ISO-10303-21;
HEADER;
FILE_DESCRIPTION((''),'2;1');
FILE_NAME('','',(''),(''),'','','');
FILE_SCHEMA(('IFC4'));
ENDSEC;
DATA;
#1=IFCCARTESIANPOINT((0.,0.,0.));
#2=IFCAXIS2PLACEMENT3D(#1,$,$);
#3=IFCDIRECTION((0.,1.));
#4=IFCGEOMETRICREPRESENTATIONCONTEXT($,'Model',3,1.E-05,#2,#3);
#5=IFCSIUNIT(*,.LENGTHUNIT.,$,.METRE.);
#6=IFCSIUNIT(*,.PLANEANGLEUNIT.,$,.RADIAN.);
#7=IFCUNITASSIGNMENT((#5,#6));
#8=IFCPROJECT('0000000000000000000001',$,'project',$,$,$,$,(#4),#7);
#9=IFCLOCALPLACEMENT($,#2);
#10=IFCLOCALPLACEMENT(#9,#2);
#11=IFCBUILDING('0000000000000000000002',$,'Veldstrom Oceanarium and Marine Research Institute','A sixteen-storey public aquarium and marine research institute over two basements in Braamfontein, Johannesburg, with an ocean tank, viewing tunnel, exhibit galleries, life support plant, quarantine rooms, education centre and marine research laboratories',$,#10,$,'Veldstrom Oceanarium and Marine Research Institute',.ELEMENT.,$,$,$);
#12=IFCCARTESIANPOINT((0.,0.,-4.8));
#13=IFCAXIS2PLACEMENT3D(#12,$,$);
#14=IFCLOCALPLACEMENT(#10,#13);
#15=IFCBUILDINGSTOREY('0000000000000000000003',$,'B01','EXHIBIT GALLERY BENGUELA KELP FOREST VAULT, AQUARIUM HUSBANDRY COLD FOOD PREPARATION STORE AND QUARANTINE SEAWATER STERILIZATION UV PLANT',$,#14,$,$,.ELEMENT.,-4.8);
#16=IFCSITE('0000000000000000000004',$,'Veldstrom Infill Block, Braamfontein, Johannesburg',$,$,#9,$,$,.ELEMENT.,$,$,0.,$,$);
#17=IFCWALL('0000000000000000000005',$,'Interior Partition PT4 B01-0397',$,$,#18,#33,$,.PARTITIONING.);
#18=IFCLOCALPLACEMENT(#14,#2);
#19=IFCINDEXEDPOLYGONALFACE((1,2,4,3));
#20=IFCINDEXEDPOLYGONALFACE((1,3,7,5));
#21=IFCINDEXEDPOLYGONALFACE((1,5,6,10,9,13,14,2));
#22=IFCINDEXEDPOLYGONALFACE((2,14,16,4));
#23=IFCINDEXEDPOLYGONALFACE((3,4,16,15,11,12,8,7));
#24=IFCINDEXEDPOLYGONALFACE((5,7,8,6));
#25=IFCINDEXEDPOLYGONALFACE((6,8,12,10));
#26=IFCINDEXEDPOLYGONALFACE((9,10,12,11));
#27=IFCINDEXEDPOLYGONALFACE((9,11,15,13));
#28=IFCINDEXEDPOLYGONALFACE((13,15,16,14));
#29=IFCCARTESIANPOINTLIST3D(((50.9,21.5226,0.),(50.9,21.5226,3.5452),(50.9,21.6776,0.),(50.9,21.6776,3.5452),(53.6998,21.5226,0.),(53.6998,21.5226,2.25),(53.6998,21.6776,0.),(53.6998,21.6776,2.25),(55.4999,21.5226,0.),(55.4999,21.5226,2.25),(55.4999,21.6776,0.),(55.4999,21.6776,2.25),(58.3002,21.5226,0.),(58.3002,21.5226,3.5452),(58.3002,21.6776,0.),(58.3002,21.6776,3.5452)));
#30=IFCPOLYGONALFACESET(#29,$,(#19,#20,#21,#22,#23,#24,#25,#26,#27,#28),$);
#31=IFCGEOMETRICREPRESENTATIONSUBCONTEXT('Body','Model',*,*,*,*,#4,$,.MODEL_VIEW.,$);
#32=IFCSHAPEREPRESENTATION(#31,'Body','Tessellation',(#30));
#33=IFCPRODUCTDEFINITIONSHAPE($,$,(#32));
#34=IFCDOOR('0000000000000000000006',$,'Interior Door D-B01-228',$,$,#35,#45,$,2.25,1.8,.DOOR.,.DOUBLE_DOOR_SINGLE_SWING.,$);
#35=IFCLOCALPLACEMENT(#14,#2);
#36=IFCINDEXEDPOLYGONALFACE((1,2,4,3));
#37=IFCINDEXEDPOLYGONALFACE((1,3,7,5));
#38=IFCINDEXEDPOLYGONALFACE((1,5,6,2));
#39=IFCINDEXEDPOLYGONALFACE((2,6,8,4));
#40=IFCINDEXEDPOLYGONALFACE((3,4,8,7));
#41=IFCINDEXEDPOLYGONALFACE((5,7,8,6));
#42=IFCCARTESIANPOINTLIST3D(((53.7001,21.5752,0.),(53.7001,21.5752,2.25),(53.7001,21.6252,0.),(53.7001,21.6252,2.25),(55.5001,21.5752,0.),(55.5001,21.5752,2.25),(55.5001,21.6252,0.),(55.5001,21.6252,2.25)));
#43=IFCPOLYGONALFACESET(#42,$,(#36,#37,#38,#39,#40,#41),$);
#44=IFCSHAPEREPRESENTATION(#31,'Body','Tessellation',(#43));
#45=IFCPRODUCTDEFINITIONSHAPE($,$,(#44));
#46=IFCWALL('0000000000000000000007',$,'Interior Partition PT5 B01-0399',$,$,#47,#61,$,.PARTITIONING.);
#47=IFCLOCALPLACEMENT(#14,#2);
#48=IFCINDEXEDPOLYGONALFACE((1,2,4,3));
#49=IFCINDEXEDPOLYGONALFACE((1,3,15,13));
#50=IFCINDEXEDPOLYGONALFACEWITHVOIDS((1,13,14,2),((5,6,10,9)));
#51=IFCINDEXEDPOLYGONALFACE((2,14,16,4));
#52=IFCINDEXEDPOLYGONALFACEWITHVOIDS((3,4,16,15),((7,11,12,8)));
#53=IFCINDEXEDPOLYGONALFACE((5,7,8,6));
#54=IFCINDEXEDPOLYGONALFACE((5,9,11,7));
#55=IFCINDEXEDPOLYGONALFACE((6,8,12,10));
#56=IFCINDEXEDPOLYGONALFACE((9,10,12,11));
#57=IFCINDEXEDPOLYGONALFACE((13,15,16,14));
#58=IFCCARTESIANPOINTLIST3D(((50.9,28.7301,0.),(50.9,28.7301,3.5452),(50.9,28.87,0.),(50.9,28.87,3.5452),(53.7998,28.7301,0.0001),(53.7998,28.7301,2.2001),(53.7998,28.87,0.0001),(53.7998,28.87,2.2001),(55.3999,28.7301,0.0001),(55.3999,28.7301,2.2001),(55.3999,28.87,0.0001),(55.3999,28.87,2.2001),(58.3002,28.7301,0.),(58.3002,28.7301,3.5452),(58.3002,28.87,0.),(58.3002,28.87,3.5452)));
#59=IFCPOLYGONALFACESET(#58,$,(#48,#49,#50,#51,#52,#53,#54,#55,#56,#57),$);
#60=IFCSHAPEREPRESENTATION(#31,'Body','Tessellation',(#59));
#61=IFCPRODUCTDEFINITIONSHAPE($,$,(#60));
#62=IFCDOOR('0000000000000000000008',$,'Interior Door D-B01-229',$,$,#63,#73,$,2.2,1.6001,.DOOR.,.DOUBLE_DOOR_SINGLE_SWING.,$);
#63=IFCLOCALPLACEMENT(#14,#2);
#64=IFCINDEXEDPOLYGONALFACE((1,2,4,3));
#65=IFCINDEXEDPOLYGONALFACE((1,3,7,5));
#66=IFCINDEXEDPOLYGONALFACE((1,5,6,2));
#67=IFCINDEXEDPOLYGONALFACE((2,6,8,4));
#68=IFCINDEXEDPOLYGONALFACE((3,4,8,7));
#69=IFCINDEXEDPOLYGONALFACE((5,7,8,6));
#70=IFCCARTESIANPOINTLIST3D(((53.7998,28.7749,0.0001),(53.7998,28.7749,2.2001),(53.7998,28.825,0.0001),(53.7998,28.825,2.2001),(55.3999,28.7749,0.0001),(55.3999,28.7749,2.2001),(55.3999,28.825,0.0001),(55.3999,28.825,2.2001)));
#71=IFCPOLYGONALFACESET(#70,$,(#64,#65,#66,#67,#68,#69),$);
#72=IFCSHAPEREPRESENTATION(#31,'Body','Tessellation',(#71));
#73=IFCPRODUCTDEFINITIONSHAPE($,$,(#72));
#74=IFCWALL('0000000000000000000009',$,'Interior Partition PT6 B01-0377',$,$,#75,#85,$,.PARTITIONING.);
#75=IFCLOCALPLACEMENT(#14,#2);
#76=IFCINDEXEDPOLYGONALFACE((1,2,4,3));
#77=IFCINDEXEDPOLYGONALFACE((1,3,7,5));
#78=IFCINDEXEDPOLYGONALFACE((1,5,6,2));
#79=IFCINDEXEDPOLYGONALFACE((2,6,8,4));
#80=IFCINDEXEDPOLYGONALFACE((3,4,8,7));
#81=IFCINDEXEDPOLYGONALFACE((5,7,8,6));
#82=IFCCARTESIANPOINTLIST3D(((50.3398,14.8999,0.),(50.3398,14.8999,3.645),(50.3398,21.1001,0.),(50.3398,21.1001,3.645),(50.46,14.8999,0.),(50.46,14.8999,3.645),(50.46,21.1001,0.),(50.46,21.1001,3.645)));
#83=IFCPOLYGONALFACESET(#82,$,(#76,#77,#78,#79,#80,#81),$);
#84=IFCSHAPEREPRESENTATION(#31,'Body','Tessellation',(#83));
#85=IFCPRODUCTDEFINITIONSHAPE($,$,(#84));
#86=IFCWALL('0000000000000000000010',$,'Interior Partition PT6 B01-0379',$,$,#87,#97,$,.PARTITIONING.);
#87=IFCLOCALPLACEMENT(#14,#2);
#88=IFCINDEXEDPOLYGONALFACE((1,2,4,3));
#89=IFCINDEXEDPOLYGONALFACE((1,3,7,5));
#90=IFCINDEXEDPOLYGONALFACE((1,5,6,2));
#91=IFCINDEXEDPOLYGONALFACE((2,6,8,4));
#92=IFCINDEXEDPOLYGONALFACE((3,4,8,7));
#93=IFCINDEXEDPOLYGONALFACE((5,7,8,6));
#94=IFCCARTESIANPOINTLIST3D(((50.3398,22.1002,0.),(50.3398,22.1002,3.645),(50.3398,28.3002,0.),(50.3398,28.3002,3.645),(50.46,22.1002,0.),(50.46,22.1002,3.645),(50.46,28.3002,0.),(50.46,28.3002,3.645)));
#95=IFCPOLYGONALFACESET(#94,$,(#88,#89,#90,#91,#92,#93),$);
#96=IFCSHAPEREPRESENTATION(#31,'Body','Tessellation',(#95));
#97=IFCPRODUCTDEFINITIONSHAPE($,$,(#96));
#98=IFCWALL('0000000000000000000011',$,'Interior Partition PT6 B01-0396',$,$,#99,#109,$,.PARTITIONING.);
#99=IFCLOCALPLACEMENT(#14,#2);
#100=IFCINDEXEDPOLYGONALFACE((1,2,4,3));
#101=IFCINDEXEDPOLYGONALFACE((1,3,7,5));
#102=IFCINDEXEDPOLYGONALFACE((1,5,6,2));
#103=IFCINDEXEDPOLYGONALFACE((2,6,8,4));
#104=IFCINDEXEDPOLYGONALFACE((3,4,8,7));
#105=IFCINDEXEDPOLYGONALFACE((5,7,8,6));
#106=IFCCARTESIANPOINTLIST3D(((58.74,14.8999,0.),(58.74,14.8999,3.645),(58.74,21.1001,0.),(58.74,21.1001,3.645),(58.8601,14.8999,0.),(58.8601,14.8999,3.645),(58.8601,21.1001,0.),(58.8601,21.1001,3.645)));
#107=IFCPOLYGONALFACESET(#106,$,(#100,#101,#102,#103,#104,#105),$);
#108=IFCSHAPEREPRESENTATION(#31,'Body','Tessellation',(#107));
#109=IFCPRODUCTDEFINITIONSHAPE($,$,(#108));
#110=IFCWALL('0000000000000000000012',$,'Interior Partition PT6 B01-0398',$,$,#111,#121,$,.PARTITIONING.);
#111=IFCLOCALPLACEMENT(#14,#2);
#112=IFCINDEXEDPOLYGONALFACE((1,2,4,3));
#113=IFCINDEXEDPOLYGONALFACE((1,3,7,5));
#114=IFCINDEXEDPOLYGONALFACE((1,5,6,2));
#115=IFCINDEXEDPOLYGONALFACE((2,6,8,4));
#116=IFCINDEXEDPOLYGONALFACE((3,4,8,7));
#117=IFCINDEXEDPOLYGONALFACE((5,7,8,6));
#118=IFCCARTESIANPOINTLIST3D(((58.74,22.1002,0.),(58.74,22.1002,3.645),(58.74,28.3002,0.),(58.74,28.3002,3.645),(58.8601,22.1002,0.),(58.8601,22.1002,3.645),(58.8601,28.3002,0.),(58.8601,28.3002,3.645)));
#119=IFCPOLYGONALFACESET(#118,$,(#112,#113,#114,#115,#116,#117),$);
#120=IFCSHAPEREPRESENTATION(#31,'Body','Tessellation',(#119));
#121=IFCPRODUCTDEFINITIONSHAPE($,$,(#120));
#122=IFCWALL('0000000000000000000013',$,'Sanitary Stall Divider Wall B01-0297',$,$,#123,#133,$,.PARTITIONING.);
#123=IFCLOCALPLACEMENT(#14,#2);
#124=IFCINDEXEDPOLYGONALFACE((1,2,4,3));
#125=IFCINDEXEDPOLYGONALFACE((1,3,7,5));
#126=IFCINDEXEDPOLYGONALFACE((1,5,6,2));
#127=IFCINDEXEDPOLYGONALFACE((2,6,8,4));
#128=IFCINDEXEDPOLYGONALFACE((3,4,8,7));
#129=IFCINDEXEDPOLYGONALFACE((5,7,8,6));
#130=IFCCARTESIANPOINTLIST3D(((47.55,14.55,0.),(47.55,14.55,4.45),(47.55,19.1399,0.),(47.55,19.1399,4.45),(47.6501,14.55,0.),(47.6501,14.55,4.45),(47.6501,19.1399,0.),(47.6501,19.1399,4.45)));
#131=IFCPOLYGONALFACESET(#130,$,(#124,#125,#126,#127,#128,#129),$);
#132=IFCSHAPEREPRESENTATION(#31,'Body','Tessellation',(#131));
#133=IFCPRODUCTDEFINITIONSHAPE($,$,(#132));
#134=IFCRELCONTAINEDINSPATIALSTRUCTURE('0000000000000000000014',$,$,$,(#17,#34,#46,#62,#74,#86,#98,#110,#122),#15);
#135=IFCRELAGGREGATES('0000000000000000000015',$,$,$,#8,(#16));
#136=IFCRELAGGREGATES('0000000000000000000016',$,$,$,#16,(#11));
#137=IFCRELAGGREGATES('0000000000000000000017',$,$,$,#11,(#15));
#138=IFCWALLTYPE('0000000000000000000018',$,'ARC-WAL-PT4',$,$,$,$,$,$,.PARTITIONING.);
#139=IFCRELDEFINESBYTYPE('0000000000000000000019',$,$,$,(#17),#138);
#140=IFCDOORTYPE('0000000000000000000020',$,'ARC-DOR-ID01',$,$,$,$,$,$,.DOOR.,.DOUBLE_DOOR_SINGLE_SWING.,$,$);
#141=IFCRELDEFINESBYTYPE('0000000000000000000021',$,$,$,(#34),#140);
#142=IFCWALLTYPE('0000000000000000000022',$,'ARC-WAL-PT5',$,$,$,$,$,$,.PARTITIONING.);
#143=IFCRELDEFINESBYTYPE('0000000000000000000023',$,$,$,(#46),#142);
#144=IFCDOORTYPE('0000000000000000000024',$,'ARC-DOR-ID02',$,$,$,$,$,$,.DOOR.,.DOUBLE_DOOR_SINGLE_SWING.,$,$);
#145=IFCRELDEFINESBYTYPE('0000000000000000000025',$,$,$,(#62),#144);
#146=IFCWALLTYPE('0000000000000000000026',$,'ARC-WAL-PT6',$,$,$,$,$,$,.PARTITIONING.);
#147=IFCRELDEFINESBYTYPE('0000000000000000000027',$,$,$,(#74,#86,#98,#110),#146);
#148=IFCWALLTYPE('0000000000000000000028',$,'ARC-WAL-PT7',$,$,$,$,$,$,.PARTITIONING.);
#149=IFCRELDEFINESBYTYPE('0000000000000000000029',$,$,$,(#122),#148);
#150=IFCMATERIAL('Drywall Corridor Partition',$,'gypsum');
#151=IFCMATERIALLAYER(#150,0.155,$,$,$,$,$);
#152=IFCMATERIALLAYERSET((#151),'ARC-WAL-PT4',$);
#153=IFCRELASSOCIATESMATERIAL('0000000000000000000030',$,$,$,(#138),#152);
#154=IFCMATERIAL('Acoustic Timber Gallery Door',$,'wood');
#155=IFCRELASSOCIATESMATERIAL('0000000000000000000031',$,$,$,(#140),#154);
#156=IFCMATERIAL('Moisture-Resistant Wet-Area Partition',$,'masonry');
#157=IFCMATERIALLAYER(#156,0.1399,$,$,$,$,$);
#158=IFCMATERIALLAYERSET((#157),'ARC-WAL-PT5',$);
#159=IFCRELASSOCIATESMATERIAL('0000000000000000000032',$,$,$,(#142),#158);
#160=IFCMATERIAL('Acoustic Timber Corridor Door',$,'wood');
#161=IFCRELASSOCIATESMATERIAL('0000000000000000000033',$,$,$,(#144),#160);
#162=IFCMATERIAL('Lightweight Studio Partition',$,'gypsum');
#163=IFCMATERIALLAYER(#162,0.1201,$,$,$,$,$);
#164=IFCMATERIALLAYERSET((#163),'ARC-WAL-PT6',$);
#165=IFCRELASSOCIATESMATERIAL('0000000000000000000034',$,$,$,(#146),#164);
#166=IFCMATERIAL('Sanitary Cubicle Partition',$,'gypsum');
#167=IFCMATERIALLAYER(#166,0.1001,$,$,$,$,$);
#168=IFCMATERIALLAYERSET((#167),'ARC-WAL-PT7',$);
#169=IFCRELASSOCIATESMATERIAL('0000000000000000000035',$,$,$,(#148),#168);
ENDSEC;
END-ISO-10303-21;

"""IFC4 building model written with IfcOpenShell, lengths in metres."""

from ifc_helpers import new_model, si_unit, direction, frame, frame_2d, origin, place, context, subcontext, project, spatial, rectangle, extrude, material, layer, layer_set, type_object, element, fill, save


model = new_model("IFC4")

# Units and contexts
model_context = context("Model", 3, precision=1e-05, world=origin(), true_north=direction((0.0, 1.0)))
body_context = subcontext(model_context, "Body", "Model", "MODEL_VIEW")
ifc_project = project(units=[si_unit("LENGTHUNIT", "METRE"), si_unit("PLANEANGLEUNIT", "RADIAN")], contexts=[model_context])

# Site, building, storey
site_placement = place(None, origin())
site = spatial("IfcSite", under=ifc_project, at=site_placement, Name="Veldstrom Infill Block, Braamfontein, Johannesburg", CompositionType="ELEMENT", RefElevation=0.0)
building_placement = place(site_placement, origin())
building = spatial("IfcBuilding", under=site, at=building_placement, Name="Veldstrom Oceanarium and Marine Research Institute", Description="A sixteen-storey public aquarium and marine research institute over two basements in Braamfontein, Johannesburg, with an ocean tank, viewing tunnel, exhibit galleries, life support plant, quarantine rooms, education centre and marine research laboratories", LongName="Veldstrom Oceanarium and Marine Research Institute", CompositionType="ELEMENT")
storey_placement = place(building_placement, frame((0.0, 0.0, -4.8)))
storey = spatial("IfcBuildingStorey", under=building, at=storey_placement, Name="B01", Description="EXHIBIT GALLERY BENGUELA KELP FOREST VAULT, AQUARIUM HUSBANDRY COLD FOOD PREPARATION STORE AND QUARANTINE SEAWATER STERILIZATION UV PLANT", CompositionType="ELEMENT", Elevation=-4.8)

# Walls, openings, doors
ifc_material_1 = material(Name="Drywall Corridor Partition", Category="gypsum")
ifc_layer_1 = layer(ifc_material_1, 0.155)
ifc_layer_set_1 = layer_set([ifc_layer_1], Name="ARC-WAL-PT4")
wall_type_1 = type_object("IfcWallType", Name="ARC-WAL-PT4", PredefinedType="PARTITIONING", material=ifc_layer_set_1)
wall_1_placement = place(storey_placement, frame((50.8999, 21.6001, 0.0), z_axis=(0.0, 0.0, 1.0), x_axis=(1.0, 0.0, 0.0)))
wall_1 = element("IfcWall", 1, at=wall_1_placement, inside=storey, type_object=wall_type_1, Name="Interior Partition PT4 B01-0397", PredefinedType="PARTITIONING", context=body_context, shape_type="SweptSolid", body=[
    extrude(rectangle(XDim=7.4001, YDim=0.155, at=frame_2d((3.7002, 0.0))), origin(), (0.0, 0.0, 1.0), 3.5452),
])
opening_1_placement = place(wall_1_placement, frame((2.8, 0.0, 0.0)))
opening_1 = element("IfcOpeningElement", 2, at=opening_1_placement, cuts=wall_1, PredefinedType="OPENING", context=body_context, shape_type="SweptSolid", body=[
    extrude(rectangle(XDim=1.8, YDim=2.25, at=frame_2d((0.8999, 1.125))), frame((0.0, 0.0874, 0.0), z_axis=(0.0, -1.0, 0.0), x_axis=(1.0, 0.0, 0.0)), (0.0, 0.0, 1.0), 0.175),
])
ifc_material_2 = material(Name="Acoustic Timber Gallery Door", Category="wood")
door_type_1 = type_object("IfcDoorType", Name="ARC-DOR-ID01", OperationType="DOUBLE_DOOR_SINGLE_SWING", PredefinedType="DOOR", material=ifc_material_2)
door_1_placement = place(opening_1_placement, frame((1.8, 0.0, 0.0), z_axis=(0.0, 0.0, 1.0), x_axis=(-1.0, 0.0, 0.0)))
door_1 = element("IfcDoor", 3, at=door_1_placement, inside=storey, type_object=door_type_1, Name="Interior Door D-B01-228", OperationType="DOUBLE_DOOR_SINGLE_SWING", OverallHeight=2.25, OverallWidth=1.8, PredefinedType="DOOR", context=body_context, shape_type="SweptSolid", body=[
    extrude(rectangle(XDim=1.8, YDim=2.25, at=frame_2d((0.8999, 1.125))), frame((0.0, 0.0249, 0.0), z_axis=(0.0, -1.0, 0.0), x_axis=(1.0, 0.0, 0.0)), (0.0, 0.0, 1.0), 0.05),
])
fill(opening_1, door_1)
ifc_material_3 = material(Name="Moisture-Resistant Wet-Area Partition", Category="masonry")
ifc_layer_2 = layer(ifc_material_3, 0.1399)
ifc_layer_set_2 = layer_set([ifc_layer_2], Name="ARC-WAL-PT5")
wall_type_2 = type_object("IfcWallType", Name="ARC-WAL-PT5", PredefinedType="PARTITIONING", material=ifc_layer_set_2)
wall_2_placement = place(storey_placement, frame((50.8999, 28.8, 0.0), z_axis=(0.0, 0.0, 1.0), x_axis=(1.0, 0.0, 0.0)))
wall_2 = element("IfcWall", 4, at=wall_2_placement, inside=storey, type_object=wall_type_2, Name="Interior Partition PT5 B01-0399", PredefinedType="PARTITIONING", context=body_context, shape_type="SweptSolid", body=[
    extrude(rectangle(XDim=7.4001, YDim=0.1399, at=frame_2d((3.7002, 0.0))), origin(), (0.0, 0.0, 1.0), 3.5452),
])
opening_2_placement = place(wall_2_placement, frame((2.8999, 0.0, 0.0)))
opening_2 = element("IfcOpeningElement", 5, at=opening_2_placement, cuts=wall_2, PredefinedType="OPENING", context=body_context, shape_type="SweptSolid", body=[
    extrude(rectangle(XDim=1.6001, YDim=2.2, at=frame_2d((0.8, 1.1001))), frame((0.0, 0.0798, 0.0), z_axis=(0.0, -1.0, 0.0), x_axis=(1.0, 0.0, 0.0)), (0.0, 0.0, 1.0), 0.1599),
])
ifc_material_4 = material(Name="Acoustic Timber Corridor Door", Category="wood")
door_type_2 = type_object("IfcDoorType", Name="ARC-DOR-ID02", OperationType="DOUBLE_DOOR_SINGLE_SWING", PredefinedType="DOOR", material=ifc_material_4)
door_2_placement = place(opening_2_placement, origin())
door_2 = element("IfcDoor", 6, at=door_2_placement, inside=storey, type_object=door_type_2, Name="Interior Door D-B01-229", OperationType="DOUBLE_DOOR_SINGLE_SWING", OverallHeight=2.2, OverallWidth=1.6001, PredefinedType="DOOR", context=body_context, shape_type="SweptSolid", body=[
    extrude(rectangle(XDim=1.6001, YDim=2.2, at=frame_2d((0.8, 1.1001))), frame((0.0, 0.0249, 0.0), z_axis=(0.0, -1.0, 0.0), x_axis=(1.0, 0.0, 0.0)), (0.0, 0.0, 1.0), 0.05),
])
fill(opening_2, door_2)

# Walls
ifc_material_5 = material(Name="Lightweight Studio Partition", Category="gypsum")
ifc_layer_3 = layer(ifc_material_5, 0.1201)
ifc_layer_set_3 = layer_set([ifc_layer_3], Name="ARC-WAL-PT6")
wall_type_3 = type_object("IfcWallType", Name="ARC-WAL-PT6", PredefinedType="PARTITIONING", material=ifc_layer_set_3)
wall_3_placement = place(storey_placement, frame((50.3999, 14.8999, 0.0), z_axis=(0.0, 0.0, 1.0), x_axis=(0.0, 1.0, 0.0)))
element("IfcWall", 7, at=wall_3_placement, inside=storey, type_object=wall_type_3, Name="Interior Partition PT6 B01-0377", PredefinedType="PARTITIONING", context=body_context, shape_type="SweptSolid", body=[
    extrude(rectangle(XDim=6.2002, YDim=0.1201, at=frame_2d((3.1001, 0.0))), origin(), (0.0, 0.0, 1.0), 3.645),
])
wall_4_placement = place(storey_placement, frame((50.3999, 22.1001, 0.0), z_axis=(0.0, 0.0, 1.0), x_axis=(0.0, 1.0, 0.0)))
element("IfcWall", 8, at=wall_4_placement, inside=storey, type_object=wall_type_3, Name="Interior Partition PT6 B01-0379", PredefinedType="PARTITIONING", context=body_context, shape_type="SweptSolid", body=[
    extrude(rectangle(XDim=6.2, YDim=0.1201, at=frame_2d((3.1001, 0.0))), origin(), (0.0, 0.0, 1.0), 3.645),
])
wall_5_placement = place(storey_placement, frame((58.8, 14.8999, 0.0), z_axis=(0.0, 0.0, 1.0), x_axis=(0.0, 1.0, 0.0)))
element("IfcWall", 9, at=wall_5_placement, inside=storey, type_object=wall_type_3, Name="Interior Partition PT6 B01-0396", PredefinedType="PARTITIONING", context=body_context, shape_type="SweptSolid", body=[
    extrude(rectangle(XDim=6.2002, YDim=0.1201, at=frame_2d((3.1001, 0.0))), origin(), (0.0, 0.0, 1.0), 3.645),
])
wall_6_placement = place(storey_placement, frame((58.8, 22.1001, 0.0), z_axis=(0.0, 0.0, 1.0), x_axis=(0.0, 1.0, 0.0)))
element("IfcWall", 10, at=wall_6_placement, inside=storey, type_object=wall_type_3, Name="Interior Partition PT6 B01-0398", PredefinedType="PARTITIONING", context=body_context, shape_type="SweptSolid", body=[
    extrude(rectangle(XDim=6.2, YDim=0.1201, at=frame_2d((3.1001, 0.0))), origin(), (0.0, 0.0, 1.0), 3.645),
])
ifc_material_6 = material(Name="Sanitary Cubicle Partition", Category="gypsum")
ifc_layer_4 = layer(ifc_material_6, 0.1001)
ifc_layer_set_4 = layer_set([ifc_layer_4], Name="ARC-WAL-PT7")
wall_type_4 = type_object("IfcWallType", Name="ARC-WAL-PT7", PredefinedType="PARTITIONING", material=ifc_layer_set_4)
wall_7_placement = place(storey_placement, frame((47.6001, 14.55, 0.0), z_axis=(0.0, 0.0, 1.0), x_axis=(0.0, 1.0, 0.0)))
element("IfcWall", 11, at=wall_7_placement, inside=storey, type_object=wall_type_4, Name="Sanitary Stall Divider Wall B01-0297", PredefinedType="PARTITIONING", context=body_context, shape_type="SweptSolid", body=[
    extrude(rectangle(XDim=4.5898, YDim=0.1001, at=frame_2d((2.2949, 0.0))), origin(), (0.0, 0.0, 1.0), 4.45),
])

save(model, "model.ifc")
